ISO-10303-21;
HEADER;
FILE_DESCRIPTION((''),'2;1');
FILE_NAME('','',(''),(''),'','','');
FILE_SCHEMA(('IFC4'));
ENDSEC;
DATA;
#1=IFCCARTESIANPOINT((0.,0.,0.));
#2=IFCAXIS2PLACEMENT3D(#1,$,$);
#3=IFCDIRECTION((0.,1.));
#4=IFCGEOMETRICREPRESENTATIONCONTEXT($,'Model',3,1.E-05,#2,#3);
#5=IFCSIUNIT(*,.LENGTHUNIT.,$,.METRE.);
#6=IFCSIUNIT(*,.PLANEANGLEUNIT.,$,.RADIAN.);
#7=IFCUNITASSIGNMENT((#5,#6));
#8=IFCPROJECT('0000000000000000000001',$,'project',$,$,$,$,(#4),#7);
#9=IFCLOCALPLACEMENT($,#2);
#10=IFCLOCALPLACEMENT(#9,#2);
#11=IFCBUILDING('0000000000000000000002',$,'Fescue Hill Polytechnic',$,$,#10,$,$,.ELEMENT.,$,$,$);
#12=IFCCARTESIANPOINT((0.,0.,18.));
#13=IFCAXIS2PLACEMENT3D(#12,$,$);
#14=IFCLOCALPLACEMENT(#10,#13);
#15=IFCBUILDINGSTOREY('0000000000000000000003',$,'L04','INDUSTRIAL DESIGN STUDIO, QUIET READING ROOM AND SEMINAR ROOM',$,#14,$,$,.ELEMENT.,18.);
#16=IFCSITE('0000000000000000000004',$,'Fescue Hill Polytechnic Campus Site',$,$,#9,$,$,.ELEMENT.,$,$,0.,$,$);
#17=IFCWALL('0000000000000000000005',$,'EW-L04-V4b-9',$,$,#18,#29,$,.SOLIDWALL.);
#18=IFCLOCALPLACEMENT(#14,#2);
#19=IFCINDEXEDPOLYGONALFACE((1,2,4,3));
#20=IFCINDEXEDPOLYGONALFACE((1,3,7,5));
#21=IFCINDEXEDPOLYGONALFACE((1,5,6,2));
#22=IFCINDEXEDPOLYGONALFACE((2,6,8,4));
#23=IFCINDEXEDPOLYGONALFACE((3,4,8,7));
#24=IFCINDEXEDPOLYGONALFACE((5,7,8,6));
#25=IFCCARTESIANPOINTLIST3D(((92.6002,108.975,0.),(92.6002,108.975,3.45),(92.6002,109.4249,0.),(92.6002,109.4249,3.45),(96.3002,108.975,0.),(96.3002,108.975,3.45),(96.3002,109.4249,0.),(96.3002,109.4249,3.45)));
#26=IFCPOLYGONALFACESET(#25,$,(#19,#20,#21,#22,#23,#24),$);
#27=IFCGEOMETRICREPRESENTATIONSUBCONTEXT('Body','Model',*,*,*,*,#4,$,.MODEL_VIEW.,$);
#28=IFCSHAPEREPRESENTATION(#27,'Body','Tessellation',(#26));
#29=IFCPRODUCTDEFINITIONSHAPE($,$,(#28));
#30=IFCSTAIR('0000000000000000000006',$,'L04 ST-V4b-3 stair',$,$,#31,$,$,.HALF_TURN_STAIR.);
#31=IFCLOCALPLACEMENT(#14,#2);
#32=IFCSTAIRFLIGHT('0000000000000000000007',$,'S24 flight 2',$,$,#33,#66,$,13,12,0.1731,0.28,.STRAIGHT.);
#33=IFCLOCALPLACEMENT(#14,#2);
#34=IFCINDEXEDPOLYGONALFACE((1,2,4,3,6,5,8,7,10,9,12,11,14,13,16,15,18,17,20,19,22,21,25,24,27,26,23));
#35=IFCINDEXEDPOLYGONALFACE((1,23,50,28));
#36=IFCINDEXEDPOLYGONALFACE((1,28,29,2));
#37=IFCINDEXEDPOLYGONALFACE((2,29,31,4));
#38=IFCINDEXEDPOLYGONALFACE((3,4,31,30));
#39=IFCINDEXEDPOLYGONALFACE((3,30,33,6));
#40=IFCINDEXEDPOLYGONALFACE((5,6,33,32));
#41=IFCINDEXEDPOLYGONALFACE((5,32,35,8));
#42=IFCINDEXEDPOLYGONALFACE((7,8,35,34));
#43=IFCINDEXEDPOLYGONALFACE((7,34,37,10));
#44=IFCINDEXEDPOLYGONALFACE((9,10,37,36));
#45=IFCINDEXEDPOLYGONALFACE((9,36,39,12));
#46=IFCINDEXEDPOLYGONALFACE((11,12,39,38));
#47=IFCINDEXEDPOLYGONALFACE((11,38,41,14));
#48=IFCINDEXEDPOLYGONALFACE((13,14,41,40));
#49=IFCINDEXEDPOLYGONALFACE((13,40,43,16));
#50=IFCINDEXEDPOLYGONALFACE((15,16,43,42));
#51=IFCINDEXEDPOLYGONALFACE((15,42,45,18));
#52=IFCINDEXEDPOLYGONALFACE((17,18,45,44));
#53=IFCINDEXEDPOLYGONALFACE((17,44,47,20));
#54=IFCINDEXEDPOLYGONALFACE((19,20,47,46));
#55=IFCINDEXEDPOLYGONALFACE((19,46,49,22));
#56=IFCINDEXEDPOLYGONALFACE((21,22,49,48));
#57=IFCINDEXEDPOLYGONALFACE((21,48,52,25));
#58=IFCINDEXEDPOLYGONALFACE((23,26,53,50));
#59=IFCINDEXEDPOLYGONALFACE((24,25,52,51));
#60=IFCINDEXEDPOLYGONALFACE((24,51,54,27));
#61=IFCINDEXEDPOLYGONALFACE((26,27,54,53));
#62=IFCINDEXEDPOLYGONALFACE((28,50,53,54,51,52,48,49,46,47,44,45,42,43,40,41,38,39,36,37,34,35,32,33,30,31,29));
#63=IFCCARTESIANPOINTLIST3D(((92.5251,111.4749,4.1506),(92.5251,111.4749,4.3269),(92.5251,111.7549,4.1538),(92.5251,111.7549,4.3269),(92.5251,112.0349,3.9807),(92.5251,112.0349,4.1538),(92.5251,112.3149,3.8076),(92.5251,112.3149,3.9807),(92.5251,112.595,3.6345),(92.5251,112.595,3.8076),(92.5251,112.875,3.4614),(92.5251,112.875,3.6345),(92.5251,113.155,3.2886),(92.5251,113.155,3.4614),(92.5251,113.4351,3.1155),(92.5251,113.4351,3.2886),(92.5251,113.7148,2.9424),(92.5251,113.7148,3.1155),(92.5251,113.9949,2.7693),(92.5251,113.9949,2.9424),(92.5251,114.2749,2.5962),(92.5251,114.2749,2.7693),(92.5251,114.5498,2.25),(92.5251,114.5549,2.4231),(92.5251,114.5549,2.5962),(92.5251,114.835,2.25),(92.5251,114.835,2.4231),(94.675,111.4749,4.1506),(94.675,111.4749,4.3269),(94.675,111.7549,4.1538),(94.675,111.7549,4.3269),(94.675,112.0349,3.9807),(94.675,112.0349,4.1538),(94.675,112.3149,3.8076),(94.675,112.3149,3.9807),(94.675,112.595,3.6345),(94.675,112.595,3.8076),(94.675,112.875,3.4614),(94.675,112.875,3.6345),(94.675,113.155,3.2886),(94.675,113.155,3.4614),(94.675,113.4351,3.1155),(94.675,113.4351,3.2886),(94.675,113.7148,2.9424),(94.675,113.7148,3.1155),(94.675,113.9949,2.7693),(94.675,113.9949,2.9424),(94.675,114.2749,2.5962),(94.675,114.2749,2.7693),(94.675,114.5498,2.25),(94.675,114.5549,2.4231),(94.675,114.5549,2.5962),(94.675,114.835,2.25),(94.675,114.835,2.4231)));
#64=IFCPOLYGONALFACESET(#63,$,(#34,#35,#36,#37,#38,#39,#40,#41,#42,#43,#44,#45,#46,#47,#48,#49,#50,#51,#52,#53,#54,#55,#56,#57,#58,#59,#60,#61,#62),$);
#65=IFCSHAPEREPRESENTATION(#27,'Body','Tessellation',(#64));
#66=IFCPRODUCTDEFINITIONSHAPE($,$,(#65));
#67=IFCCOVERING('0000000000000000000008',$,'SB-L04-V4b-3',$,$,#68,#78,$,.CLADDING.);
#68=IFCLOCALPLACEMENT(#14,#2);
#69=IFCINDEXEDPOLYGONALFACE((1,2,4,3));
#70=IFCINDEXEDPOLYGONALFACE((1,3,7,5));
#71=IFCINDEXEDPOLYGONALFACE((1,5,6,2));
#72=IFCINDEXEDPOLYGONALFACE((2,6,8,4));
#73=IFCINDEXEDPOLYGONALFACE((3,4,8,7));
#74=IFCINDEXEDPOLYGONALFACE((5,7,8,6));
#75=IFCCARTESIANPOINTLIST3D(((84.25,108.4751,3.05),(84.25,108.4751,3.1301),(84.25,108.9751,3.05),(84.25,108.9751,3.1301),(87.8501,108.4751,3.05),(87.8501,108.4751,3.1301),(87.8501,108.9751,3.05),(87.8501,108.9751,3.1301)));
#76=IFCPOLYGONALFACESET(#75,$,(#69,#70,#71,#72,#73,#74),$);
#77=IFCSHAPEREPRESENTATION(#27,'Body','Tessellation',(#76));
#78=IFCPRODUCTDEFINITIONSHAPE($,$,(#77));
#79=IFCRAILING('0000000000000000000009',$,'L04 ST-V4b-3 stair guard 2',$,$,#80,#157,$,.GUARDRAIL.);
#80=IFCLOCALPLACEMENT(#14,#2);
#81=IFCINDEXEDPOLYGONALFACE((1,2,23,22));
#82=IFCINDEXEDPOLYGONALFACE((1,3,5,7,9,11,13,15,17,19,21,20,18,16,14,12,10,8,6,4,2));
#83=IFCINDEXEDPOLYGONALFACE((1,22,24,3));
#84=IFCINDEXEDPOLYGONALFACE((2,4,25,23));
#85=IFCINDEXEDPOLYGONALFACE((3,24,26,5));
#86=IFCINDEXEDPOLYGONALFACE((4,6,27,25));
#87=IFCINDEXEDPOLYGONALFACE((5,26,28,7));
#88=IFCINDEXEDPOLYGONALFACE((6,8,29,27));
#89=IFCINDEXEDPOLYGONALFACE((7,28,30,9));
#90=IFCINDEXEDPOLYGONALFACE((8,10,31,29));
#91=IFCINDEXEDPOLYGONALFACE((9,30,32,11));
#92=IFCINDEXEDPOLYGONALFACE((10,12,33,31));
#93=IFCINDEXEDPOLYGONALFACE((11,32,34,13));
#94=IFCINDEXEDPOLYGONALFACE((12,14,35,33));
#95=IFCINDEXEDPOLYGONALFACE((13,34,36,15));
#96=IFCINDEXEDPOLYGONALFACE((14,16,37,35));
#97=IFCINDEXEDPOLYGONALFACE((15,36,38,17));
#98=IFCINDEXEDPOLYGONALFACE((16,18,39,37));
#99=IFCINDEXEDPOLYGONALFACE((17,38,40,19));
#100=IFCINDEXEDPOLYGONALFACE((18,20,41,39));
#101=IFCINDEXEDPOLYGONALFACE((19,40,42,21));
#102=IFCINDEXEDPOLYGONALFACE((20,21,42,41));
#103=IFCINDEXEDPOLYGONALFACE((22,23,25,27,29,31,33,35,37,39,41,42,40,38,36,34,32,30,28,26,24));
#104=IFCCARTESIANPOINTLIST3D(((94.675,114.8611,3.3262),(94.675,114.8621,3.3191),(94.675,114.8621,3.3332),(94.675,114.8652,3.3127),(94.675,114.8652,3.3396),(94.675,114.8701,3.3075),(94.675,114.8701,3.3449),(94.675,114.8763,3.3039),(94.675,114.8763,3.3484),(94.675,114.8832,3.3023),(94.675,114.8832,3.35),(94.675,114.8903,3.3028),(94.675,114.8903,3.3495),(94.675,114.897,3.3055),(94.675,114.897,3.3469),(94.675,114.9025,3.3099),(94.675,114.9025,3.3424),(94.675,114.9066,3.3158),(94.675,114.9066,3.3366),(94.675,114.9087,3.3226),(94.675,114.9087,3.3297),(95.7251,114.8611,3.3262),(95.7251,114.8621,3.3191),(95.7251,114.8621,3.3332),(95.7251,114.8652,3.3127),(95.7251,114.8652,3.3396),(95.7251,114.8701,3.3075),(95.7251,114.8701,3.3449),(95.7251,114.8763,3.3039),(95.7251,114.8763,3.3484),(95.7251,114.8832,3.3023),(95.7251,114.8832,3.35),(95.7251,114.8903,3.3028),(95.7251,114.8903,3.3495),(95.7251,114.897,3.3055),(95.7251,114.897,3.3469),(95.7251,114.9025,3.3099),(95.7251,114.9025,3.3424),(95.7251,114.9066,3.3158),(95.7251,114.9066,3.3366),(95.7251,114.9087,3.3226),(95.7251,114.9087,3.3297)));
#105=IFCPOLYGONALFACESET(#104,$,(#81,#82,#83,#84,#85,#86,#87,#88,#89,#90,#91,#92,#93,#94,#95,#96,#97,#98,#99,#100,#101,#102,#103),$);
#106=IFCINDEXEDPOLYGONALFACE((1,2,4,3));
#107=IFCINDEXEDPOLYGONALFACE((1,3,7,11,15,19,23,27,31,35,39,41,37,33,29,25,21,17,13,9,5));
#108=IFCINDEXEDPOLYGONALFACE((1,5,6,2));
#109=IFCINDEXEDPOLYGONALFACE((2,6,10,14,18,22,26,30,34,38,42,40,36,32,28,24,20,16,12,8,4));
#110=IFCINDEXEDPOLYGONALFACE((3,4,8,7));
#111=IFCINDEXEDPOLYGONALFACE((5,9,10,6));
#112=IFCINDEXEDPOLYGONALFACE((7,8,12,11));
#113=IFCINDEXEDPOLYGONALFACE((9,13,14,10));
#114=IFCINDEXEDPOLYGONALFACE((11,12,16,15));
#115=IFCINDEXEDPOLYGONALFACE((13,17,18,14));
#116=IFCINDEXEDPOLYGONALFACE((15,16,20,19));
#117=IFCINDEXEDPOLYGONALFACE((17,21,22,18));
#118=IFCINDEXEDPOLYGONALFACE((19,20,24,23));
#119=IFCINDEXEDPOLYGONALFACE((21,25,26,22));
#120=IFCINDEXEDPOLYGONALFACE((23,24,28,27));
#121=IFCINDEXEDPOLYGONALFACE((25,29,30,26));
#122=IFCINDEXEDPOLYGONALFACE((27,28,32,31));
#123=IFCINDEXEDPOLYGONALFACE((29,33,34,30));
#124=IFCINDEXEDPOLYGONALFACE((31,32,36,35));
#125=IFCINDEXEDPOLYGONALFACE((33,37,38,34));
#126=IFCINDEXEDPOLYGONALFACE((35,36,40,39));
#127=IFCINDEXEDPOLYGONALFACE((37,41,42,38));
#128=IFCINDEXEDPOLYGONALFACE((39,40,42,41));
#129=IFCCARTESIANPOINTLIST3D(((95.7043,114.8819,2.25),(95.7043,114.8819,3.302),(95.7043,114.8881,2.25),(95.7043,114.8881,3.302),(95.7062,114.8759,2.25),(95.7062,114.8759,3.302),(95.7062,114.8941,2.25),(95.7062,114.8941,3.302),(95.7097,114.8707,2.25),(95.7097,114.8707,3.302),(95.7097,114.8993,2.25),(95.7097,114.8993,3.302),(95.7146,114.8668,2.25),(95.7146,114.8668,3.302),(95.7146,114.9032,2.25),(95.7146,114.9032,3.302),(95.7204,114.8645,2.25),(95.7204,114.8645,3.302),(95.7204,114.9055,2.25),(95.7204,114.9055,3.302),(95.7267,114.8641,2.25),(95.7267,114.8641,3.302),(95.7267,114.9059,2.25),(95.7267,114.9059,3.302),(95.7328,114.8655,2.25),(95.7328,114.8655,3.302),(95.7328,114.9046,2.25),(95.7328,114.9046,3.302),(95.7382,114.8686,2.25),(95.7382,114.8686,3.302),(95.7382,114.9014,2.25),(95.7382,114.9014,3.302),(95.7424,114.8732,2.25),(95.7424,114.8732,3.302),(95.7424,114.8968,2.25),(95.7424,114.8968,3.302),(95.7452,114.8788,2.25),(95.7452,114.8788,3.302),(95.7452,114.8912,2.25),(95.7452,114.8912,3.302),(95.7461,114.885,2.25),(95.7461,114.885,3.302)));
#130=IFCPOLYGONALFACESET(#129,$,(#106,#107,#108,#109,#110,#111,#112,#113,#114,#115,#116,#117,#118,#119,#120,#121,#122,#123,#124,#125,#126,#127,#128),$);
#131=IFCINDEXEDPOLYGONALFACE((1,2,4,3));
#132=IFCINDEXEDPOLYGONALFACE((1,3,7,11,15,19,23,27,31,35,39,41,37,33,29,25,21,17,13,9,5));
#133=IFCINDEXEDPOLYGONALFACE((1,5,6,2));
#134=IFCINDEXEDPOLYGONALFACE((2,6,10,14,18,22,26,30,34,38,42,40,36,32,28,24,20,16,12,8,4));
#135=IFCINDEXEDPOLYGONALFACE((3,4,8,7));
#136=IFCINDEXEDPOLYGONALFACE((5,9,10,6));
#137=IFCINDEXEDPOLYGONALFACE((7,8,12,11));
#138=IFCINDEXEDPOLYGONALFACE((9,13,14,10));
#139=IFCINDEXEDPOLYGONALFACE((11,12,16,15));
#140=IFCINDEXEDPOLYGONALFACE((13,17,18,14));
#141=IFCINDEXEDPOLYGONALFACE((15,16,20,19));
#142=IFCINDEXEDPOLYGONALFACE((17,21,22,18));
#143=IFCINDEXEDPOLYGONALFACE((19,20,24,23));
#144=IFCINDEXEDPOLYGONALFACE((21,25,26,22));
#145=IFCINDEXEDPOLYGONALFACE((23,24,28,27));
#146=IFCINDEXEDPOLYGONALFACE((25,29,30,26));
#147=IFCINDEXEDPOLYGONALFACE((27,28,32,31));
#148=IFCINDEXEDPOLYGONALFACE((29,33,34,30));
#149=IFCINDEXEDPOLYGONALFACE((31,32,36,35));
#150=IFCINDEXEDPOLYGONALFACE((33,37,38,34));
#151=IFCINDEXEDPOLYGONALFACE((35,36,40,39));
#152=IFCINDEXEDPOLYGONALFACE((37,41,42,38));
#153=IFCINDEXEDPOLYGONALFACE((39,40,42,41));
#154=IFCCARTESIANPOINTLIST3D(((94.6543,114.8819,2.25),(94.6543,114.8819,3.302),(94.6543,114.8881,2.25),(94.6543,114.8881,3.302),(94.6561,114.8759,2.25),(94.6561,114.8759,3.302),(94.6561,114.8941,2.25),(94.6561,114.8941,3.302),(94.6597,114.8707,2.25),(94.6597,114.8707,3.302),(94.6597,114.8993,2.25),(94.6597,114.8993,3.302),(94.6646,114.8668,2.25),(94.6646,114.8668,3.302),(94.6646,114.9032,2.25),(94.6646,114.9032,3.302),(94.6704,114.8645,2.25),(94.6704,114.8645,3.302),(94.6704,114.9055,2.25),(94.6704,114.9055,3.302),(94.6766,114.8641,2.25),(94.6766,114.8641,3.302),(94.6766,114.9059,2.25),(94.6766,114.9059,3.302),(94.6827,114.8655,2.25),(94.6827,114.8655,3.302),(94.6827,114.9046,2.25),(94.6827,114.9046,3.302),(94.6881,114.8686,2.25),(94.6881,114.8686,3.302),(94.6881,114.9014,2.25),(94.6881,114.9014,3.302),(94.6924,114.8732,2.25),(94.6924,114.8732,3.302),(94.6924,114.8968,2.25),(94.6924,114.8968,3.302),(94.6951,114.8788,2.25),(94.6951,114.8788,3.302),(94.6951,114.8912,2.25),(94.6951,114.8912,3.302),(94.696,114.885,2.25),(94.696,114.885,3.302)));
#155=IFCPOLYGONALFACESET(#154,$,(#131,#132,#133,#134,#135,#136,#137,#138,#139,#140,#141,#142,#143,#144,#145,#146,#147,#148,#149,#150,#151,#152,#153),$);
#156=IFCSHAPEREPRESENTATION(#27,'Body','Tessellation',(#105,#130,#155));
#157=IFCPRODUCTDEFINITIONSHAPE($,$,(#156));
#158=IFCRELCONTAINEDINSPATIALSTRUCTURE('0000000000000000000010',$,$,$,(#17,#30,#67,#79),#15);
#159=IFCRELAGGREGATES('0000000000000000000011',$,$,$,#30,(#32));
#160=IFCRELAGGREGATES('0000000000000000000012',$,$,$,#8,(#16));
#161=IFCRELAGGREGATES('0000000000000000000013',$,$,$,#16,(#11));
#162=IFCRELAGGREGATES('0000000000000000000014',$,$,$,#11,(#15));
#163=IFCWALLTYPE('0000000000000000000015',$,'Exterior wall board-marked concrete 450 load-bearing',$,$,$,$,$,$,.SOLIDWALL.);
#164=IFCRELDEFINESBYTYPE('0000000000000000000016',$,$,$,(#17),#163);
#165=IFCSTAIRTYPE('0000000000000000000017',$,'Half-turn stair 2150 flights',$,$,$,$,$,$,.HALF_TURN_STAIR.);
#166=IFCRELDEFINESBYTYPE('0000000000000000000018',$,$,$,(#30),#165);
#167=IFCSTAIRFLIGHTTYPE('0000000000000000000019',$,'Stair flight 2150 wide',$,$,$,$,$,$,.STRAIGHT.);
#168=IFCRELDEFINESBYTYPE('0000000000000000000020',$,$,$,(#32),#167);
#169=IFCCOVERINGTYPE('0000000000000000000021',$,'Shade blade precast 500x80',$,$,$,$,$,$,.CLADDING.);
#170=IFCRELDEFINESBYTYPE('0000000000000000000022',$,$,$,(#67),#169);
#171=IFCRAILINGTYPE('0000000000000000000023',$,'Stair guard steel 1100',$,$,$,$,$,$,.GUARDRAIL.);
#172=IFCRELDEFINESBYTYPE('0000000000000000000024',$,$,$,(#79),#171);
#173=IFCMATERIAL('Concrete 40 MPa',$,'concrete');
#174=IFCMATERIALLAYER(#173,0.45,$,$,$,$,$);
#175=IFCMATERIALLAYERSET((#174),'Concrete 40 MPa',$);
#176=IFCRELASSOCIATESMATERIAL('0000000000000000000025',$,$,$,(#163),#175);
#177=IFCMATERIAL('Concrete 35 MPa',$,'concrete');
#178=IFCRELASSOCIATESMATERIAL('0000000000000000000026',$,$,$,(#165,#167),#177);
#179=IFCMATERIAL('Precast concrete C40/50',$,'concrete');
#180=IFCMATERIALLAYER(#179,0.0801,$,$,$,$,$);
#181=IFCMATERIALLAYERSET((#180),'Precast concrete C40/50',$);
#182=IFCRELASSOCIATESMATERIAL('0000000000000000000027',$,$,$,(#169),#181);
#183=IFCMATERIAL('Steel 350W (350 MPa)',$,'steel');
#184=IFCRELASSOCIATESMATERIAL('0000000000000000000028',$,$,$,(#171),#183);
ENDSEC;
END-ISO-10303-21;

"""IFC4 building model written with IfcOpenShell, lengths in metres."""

from ifc_helpers import new_model, si_unit, direction, frame, frame_2d, origin, origin_2d, place, context, subcontext, project, spatial, polyline, rectangle, circle, outline, extrude, material, layer, layer_set, type_object, element, aggregate, save


model = new_model("IFC4")

# Units and contexts
model_context = context("Model", 3, precision=1e-05, world=origin(), true_north=direction((0.0, 1.0)))
body_context = subcontext(model_context, "Body", "Model", "MODEL_VIEW")
ifc_project = project(units=[si_unit("LENGTHUNIT", "METRE"), si_unit("PLANEANGLEUNIT", "RADIAN")], contexts=[model_context])

# Site, building, storey
site_placement = place(None, origin())
site = spatial("IfcSite", under=ifc_project, at=site_placement, Name="Fescue Hill Polytechnic Campus Site", CompositionType="ELEMENT", RefElevation=0.0)
building_placement = place(site_placement, origin())
building = spatial("IfcBuilding", under=site, at=building_placement, Name="Fescue Hill Polytechnic", CompositionType="ELEMENT")
storey_placement = place(building_placement, frame((0.0, 0.0, 18.0)))
storey = spatial("IfcBuildingStorey", under=building, at=storey_placement, Name="L04", Description="INDUSTRIAL DESIGN STUDIO, QUIET READING ROOM AND SEMINAR ROOM", CompositionType="ELEMENT", Elevation=18.0)

# Shared definitions
ifc_material_1 = material(Name="Concrete 40 MPa", Category="concrete")

# Shared definitions
ifc_material_2 = material(Name="Concrete 35 MPa", Category="concrete")

# Wall
ifc_layer_1 = layer(ifc_material_1, 0.45)
ifc_layer_set_1 = layer_set([ifc_layer_1], Name="Concrete 40 MPa")
wall_type_1 = type_object("IfcWallType", Name="Exterior wall board-marked concrete 450 load-bearing", PredefinedType="SOLIDWALL", material=ifc_layer_set_1)
wall_1_placement = place(storey_placement, frame((92.6001, 109.2, 0.0), z_axis=(0.0, 0.0, 1.0), x_axis=(1.0, 0.0, 0.0)))
element("IfcWall", 1, at=wall_1_placement, inside=storey, type_object=wall_type_1, Name="EW-L04-V4b-9", PredefinedType="SOLIDWALL", context=body_context, shape_type="SweptSolid", body=[
    extrude(rectangle(XDim=3.7, YDim=0.45, at=frame_2d((1.8501, 0.0))), origin(), (0.0, 0.0, 1.0), 3.45),
])

# Stair, stair flight
stair_type = type_object("IfcStairType", Name="Half-turn stair 2150 flights", PredefinedType="HALF_TURN_STAIR", material=ifc_material_2)
stair_placement = place(storey_placement, origin())
stair = element("IfcStair", 2, at=stair_placement, inside=storey, type_object=stair_type, Name="L04 ST-V4b-3 stair", PredefinedType="HALF_TURN_STAIR")
stair_flight_type = type_object("IfcStairFlightType", Name="Stair flight 2150 wide", PredefinedType="STRAIGHT", material=ifc_material_2)
stair_flight_placement = place(storey_placement, frame((93.6001, 114.835, 2.25), z_axis=(0.0, 0.0, 1.0), x_axis=(0.0, -1.0, 0.0)))
stair_flight = element("IfcStairFlight", 3, at=stair_flight_placement, type_object=stair_flight_type, Name="S24 flight 2", NumberOfRisers=13, NumberOfTreads=12, PredefinedType="STRAIGHT", RiserHeight=0.1731, TreadLength=0.28, context=body_context, shape_type="SweptSolid", body=[
    extrude(outline(polyline([(0.0, 0.0), (0.0, 0.1731), (0.28, 0.1731), (0.28, 0.3462), (0.5601, 0.3462), (0.5601, 0.5193), (0.8401, 0.5193), (0.8401, 0.6924), (1.1201, 0.6924), (1.1201, 0.8655), (1.3999, 0.8655), (1.3999, 1.0386), (1.6799, 1.0386), (1.6799, 1.2114), (1.96, 1.2114), (1.96, 1.3845), (2.24, 1.3845), (2.24, 1.5576), (2.52, 1.5576), (2.52, 1.7307), (2.8, 1.7307), (2.8, 1.9038), (3.0801, 1.9038), (3.0801, 2.0769), (3.3601, 2.0769), (3.3601, 2.25), (3.3601, 1.9006), (0.2852, 0.0), (0.0, 0.0)])), frame((0.0, 1.075, 0.0), z_axis=(0.0, -1.0, 0.0), x_axis=(1.0, 0.0, 0.0)), (0.0, 0.0, 1.0), 2.1499),
])
aggregate(stair, [stair_flight])

# Covering
ifc_material_3 = material(Name="Precast concrete C40/50", Category="concrete")
ifc_layer_2 = layer(ifc_material_3, 0.0801)
ifc_layer_set_2 = layer_set([ifc_layer_2], Name="Precast concrete C40/50")
covering_type = type_object("IfcCoveringType", Name="Shade blade precast 500x80", PredefinedType="CLADDING", material=ifc_layer_set_2)
covering_placement = place(storey_placement, frame((86.05, 108.7251, 3.05), z_axis=(0.0, 0.0, 1.0), x_axis=(1.0, 0.0, 0.0)))
element("IfcCovering", 4, at=covering_placement, inside=storey, type_object=covering_type, Name="SB-L04-V4b-3", PredefinedType="CLADDING", context=body_context, shape_type="SweptSolid", body=[
    extrude(rectangle(XDim=3.6001, YDim=0.5, at=origin_2d()), origin(), (0.0, 0.0, 1.0), 0.0801),
])

# Railing
ifc_material_4 = material(Name="Steel 350W (350 MPa)", Category="steel")
railing_type_1 = type_object("IfcRailingType", Name="Stair guard steel 1100", PredefinedType="GUARDRAIL", material=ifc_material_4)
railing_1_placement = place(storey_placement, frame((95.7251, 114.885, 2.25)))
element("IfcRailing", 5, at=railing_1_placement, inside=storey, type_object=railing_type_1, Name="L04 ST-V4b-3 stair guard 2", PredefinedType="GUARDRAIL", context=body_context, shape_type="SweptSolid", body=[
    extrude(circle(Radius=0.0239, at=origin_2d()), frame((0.0, 0.0, 1.0762), z_axis=(-1.0, 0.0, 0.0), x_axis=(0.0, -1.0, 0.0)), (0.0, 0.0, 1.0), 1.05),
    extrude(circle(Radius=0.021, at=origin_2d()), origin(), (0.0, 0.0, 1.0), 1.052),
    extrude(circle(Radius=0.021, at=origin_2d()), frame((-1.05, 0.0, 0.0)), (0.0, 0.0, 1.0), 1.052),
])

save(model, "model.ifc")
